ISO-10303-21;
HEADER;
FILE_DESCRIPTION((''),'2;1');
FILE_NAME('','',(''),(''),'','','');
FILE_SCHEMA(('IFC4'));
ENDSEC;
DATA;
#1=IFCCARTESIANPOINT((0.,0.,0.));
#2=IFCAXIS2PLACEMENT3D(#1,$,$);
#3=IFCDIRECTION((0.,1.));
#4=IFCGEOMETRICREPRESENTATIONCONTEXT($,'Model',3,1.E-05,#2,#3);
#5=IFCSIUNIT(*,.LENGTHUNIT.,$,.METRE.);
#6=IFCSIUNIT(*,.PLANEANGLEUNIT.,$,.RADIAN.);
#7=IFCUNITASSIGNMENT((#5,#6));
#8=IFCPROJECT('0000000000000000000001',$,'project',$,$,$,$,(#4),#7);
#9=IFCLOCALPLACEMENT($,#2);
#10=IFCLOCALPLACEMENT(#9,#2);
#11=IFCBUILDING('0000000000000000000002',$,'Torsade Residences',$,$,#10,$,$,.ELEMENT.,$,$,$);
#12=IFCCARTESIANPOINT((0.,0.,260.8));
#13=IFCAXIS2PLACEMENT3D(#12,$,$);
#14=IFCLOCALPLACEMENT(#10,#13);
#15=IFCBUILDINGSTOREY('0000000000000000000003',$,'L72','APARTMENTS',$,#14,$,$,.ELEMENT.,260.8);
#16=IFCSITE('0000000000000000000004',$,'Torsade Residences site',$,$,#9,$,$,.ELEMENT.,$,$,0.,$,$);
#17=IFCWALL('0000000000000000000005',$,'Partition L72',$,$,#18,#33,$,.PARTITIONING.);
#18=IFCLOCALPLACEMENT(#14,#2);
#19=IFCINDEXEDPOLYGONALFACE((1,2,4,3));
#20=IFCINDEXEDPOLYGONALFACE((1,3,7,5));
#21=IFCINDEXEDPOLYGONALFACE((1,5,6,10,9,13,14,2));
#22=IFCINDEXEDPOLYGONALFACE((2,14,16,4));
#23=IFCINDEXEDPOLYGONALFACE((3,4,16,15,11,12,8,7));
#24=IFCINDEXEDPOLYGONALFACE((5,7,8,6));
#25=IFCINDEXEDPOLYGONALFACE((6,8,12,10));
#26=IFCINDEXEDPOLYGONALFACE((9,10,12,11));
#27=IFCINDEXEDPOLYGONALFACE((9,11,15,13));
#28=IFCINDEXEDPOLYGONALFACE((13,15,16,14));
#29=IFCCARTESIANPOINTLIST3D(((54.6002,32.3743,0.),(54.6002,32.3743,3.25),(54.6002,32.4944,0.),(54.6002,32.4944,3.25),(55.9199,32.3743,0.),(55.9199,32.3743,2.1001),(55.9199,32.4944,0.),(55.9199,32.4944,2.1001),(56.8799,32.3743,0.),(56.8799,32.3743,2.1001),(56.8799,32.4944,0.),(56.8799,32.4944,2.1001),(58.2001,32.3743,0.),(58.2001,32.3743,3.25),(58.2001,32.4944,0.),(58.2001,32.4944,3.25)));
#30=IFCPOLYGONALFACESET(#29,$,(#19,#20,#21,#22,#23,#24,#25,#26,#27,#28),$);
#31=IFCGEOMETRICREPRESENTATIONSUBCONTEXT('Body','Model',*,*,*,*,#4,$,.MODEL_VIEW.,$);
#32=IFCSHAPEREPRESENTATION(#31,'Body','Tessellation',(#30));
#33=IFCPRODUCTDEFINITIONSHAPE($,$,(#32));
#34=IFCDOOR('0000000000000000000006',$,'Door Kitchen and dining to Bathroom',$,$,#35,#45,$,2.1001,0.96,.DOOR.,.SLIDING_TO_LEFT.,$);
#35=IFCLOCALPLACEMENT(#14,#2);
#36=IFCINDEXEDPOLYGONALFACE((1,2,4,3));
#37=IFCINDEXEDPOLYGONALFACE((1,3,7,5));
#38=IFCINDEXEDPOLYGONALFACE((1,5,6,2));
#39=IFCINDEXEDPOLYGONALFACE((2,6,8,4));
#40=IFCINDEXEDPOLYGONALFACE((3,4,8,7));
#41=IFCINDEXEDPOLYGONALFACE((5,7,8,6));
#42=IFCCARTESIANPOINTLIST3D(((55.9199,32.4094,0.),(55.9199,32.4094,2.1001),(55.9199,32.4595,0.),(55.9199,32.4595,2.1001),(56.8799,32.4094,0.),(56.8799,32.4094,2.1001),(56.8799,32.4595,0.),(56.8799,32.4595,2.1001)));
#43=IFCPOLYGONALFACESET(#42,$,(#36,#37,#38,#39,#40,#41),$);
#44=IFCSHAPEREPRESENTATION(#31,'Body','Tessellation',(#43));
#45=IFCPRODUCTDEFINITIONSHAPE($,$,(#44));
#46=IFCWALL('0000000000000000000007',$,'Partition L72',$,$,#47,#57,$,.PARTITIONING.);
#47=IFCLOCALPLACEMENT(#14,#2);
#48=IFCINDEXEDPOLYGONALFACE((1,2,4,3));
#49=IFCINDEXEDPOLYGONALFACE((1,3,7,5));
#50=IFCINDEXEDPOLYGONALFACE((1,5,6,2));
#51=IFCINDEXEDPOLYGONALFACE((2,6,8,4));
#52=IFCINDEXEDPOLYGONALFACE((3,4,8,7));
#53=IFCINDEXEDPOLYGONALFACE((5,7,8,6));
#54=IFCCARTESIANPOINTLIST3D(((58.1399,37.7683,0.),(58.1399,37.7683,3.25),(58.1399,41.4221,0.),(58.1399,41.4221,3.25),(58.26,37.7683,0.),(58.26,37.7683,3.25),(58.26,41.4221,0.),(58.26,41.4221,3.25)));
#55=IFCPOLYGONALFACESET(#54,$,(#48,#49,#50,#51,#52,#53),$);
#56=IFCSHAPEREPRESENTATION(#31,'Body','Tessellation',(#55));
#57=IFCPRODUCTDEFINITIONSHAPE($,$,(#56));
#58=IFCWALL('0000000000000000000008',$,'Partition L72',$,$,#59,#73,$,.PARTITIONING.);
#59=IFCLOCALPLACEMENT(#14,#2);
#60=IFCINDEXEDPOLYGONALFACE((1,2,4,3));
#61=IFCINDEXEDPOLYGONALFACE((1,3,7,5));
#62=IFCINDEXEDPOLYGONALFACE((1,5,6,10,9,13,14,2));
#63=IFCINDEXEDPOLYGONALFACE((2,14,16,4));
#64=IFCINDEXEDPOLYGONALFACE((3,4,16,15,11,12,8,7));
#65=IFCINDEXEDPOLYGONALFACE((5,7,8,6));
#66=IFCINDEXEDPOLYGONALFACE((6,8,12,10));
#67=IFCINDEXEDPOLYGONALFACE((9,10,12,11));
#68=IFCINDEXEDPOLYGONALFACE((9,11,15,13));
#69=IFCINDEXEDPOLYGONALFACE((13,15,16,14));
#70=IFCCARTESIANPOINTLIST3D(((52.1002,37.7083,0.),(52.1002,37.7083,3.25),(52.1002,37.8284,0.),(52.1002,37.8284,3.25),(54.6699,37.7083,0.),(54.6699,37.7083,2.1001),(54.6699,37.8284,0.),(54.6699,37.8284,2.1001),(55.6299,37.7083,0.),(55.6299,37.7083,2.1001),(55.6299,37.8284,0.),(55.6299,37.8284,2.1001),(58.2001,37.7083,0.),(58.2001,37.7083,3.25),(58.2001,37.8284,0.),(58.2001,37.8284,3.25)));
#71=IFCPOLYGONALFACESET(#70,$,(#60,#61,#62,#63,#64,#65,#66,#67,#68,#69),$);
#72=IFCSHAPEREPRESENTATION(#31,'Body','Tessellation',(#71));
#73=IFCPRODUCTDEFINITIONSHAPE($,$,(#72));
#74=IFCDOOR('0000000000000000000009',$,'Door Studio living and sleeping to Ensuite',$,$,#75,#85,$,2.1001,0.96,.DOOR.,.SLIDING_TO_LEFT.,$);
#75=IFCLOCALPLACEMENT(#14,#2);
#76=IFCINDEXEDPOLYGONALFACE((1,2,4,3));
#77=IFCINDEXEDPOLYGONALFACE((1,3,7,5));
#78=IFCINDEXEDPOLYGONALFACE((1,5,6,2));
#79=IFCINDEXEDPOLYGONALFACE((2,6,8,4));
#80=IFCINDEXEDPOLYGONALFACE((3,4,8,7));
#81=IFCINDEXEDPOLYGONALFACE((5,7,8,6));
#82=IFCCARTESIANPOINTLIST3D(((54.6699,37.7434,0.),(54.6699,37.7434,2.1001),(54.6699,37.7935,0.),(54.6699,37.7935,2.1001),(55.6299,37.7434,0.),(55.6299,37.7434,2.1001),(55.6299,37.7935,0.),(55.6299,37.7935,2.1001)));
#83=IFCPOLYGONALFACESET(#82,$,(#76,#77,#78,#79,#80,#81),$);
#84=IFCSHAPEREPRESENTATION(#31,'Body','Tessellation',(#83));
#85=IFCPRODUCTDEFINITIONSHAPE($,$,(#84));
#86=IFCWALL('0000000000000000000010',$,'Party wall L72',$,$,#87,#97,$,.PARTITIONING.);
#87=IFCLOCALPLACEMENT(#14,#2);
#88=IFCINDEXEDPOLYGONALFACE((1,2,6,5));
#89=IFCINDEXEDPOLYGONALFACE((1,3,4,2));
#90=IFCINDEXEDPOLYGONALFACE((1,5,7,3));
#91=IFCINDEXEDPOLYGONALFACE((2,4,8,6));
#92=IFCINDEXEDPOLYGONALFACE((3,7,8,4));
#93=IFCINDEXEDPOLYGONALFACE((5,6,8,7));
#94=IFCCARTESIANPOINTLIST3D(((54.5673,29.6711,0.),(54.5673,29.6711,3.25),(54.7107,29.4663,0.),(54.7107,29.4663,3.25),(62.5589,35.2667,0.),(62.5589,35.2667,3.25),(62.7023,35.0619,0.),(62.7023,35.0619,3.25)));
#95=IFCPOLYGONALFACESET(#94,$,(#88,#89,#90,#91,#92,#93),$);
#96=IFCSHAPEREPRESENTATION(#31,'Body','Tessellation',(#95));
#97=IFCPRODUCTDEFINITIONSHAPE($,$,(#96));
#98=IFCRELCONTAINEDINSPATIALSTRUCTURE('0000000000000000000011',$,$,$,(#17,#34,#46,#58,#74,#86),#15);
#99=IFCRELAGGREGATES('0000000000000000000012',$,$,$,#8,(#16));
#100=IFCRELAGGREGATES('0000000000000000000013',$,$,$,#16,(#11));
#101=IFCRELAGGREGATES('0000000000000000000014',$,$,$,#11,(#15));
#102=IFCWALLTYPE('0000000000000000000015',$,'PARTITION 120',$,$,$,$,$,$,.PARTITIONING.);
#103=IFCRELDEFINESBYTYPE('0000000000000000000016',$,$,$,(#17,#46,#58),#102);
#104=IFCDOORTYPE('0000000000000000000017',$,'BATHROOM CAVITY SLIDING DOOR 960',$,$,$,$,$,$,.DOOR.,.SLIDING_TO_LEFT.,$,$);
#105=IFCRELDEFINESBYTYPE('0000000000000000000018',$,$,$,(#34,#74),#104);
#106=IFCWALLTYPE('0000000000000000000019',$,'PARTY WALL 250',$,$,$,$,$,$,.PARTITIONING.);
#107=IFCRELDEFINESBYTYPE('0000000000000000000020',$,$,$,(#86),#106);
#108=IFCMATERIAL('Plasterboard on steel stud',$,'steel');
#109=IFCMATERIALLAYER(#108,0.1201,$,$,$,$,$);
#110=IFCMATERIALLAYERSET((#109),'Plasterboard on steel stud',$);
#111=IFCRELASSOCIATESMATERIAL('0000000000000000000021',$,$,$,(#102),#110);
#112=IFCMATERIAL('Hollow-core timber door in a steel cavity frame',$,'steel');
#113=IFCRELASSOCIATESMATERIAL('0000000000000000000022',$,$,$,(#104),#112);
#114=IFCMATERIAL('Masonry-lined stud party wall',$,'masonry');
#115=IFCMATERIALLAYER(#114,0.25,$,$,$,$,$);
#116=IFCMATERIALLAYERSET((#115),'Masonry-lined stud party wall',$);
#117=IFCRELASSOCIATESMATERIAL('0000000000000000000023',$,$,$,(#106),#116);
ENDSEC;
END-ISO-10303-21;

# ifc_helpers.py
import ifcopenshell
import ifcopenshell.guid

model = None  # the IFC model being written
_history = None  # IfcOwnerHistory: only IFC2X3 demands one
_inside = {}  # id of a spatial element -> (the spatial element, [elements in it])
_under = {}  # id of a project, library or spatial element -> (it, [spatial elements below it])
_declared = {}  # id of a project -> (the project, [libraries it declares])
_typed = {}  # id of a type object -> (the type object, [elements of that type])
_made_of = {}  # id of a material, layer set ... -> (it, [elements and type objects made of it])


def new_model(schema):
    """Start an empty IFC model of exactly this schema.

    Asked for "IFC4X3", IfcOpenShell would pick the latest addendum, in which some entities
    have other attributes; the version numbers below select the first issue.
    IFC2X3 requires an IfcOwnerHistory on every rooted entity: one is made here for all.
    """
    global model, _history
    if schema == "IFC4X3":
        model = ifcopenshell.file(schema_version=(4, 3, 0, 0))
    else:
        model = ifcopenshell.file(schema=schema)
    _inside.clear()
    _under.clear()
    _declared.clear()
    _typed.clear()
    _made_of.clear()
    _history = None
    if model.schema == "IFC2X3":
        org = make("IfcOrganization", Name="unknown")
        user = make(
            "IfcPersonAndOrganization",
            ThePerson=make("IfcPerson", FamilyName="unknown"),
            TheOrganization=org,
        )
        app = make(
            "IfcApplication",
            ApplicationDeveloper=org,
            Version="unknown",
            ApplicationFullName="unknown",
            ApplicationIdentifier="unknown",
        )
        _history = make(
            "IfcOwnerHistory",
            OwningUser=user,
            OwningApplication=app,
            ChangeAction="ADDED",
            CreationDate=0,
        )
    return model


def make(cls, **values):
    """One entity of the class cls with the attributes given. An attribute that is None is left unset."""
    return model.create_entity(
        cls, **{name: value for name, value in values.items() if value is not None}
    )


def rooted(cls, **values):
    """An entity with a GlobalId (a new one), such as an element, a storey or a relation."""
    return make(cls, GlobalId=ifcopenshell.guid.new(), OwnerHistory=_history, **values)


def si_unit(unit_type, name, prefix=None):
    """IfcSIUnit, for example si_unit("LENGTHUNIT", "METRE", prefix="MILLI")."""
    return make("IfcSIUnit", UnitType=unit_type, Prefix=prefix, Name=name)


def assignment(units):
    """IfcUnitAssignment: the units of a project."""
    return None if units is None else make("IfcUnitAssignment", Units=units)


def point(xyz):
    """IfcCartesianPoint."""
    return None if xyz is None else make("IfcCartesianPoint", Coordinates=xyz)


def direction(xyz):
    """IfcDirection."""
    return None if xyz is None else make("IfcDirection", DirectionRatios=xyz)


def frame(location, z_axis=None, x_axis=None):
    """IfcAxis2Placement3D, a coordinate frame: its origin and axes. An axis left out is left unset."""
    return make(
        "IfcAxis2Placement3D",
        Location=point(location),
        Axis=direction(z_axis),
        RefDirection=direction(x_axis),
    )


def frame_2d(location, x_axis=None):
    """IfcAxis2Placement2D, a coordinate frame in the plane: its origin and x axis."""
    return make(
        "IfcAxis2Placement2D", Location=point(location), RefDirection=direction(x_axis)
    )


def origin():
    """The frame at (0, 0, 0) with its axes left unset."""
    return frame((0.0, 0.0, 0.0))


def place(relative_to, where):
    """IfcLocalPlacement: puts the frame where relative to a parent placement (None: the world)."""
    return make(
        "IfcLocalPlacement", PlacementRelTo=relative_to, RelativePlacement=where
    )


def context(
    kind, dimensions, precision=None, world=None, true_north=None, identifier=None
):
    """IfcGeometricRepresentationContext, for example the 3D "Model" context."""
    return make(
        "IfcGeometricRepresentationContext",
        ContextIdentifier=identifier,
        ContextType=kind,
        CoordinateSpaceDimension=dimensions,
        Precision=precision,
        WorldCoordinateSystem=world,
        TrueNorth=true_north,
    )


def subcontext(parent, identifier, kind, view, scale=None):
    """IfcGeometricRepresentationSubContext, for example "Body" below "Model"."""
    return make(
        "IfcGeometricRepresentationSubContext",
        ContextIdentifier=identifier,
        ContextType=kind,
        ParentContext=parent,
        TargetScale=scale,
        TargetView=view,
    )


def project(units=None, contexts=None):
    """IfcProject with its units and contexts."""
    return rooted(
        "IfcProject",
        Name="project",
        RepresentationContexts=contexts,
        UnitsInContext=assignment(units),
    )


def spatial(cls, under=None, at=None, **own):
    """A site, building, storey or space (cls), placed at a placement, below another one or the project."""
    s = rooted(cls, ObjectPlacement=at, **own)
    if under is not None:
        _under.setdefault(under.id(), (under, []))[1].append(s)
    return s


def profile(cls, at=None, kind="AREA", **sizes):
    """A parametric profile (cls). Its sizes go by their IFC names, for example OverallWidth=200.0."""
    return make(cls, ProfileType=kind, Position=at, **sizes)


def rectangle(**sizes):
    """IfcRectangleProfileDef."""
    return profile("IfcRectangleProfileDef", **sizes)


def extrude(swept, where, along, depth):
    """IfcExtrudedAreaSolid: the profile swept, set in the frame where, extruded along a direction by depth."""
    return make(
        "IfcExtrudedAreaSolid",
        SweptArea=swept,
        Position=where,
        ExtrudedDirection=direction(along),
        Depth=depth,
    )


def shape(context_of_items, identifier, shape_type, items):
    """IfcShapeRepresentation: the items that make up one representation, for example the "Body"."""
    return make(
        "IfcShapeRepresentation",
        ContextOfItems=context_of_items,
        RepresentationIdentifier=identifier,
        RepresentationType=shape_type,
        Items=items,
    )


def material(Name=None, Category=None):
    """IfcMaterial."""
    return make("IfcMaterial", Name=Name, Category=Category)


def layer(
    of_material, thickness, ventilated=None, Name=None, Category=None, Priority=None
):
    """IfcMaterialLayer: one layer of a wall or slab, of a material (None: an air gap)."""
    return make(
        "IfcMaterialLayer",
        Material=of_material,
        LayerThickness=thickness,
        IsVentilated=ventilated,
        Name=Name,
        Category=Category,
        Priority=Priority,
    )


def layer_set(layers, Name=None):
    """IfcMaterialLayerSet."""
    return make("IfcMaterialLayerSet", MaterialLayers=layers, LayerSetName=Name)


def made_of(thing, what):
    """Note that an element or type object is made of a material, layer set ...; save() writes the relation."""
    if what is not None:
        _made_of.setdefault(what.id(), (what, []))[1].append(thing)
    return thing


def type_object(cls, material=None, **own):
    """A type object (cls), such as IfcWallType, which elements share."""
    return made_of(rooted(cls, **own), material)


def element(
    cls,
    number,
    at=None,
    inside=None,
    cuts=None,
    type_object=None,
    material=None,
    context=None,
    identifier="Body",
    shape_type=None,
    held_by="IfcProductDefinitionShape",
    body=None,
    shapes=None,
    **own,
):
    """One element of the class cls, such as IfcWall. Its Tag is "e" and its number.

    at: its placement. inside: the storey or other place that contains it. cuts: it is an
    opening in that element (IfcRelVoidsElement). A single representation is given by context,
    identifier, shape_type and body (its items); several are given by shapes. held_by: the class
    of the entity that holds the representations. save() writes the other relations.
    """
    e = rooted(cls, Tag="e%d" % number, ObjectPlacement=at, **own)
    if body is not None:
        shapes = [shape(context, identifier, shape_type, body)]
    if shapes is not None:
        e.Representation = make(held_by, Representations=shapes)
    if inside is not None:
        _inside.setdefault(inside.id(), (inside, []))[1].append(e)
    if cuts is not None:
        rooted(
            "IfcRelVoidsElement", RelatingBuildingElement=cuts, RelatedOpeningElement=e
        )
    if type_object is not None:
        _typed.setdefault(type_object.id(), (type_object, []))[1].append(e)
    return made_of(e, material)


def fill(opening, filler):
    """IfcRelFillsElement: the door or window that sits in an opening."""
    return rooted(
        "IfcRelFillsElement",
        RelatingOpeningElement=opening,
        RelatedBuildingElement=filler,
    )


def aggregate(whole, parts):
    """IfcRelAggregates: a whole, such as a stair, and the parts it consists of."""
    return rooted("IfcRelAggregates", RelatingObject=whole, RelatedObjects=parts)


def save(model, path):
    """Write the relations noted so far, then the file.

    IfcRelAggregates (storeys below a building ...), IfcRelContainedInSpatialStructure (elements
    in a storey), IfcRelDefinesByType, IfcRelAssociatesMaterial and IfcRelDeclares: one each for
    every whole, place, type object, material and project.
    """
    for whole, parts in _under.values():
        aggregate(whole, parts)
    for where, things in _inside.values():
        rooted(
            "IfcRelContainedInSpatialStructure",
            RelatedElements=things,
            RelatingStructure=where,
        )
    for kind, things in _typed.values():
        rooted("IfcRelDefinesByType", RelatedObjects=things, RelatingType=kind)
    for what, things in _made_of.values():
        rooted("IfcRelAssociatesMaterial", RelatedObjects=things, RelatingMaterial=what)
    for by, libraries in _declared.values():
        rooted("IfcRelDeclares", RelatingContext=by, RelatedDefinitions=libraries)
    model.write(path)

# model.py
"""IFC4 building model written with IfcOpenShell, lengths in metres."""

from ifc_helpers import new_model, si_unit, direction, frame, frame_2d, origin, place, context, subcontext, project, spatial, rectangle, extrude, material, layer, layer_set, type_object, element, fill, save


model = new_model("IFC4")

# Units and contexts
model_context = context("Model", 3, precision=1e-05, world=origin(), true_north=direction((0.0, 1.0)))
body_context = subcontext(model_context, "Body", "Model", "MODEL_VIEW")
ifc_project = project(units=[si_unit("LENGTHUNIT", "METRE"), si_unit("PLANEANGLEUNIT", "RADIAN")], contexts=[model_context])

# Site, building, storey
site_placement = place(None, origin())
site = spatial("IfcSite", under=ifc_project, at=site_placement, Name="Torsade Residences site", CompositionType="ELEMENT", RefElevation=0.0)
building_placement = place(site_placement, origin())
building = spatial("IfcBuilding", under=site, at=building_placement, Name="Torsade Residences", CompositionType="ELEMENT")
storey_placement = place(building_placement, frame((0.0, 0.0, 260.8)))
storey = spatial("IfcBuildingStorey", under=building, at=storey_placement, Name="L72", Description="APARTMENTS", CompositionType="ELEMENT", Elevation=260.8)

# Shared definitions
ifc_material_1 = material(Name="Plasterboard on steel stud", Category="steel")
ifc_layer_1 = layer(ifc_material_1, 0.1201)
ifc_layer_set_1 = layer_set([ifc_layer_1], Name="Plasterboard on steel stud")
wall_type_1 = type_object("IfcWallType", Name="PARTITION 120", PredefinedType="PARTITIONING", material=ifc_layer_set_1)

# Wall, opening, door
wall_1_placement = place(storey_placement, frame((58.2, 32.4343, 0.0), z_axis=(0.0, 0.0, 1.0), x_axis=(-1.0, 0.0, 0.0)))
wall_1 = element("IfcWall", 1, at=wall_1_placement, inside=storey, type_object=wall_type_1, Name="Partition L72", PredefinedType="PARTITIONING", context=body_context, shape_type="SweptSolid", body=[
    extrude(rectangle(XDim=3.5999, YDim=0.1201, at=frame_2d((1.7998, 0.0))), origin(), (0.0, 0.0, 1.0), 3.25),
])
opening_1_placement = place(wall_1_placement, frame((1.3201, 0.0, 0.0)))
opening_1 = element("IfcOpeningElement", 2, at=opening_1_placement, cuts=wall_1, PredefinedType="OPENING", context=body_context, shape_type="SweptSolid", body=[
    extrude(rectangle(XDim=0.96, YDim=2.1001, at=frame_2d((0.48, 1.05))), frame((0.0, 0.0701, 0.0), z_axis=(0.0, -1.0, 0.0), x_axis=(1.0, 0.0, 0.0)), (0.0, 0.0, 1.0), 0.1401),
])
ifc_material_2 = material(Name="Hollow-core timber door in a steel cavity frame", Category="steel")
door_type_1 = type_object("IfcDoorType", Name="BATHROOM CAVITY SLIDING DOOR 960", OperationType="SLIDING_TO_LEFT", PredefinedType="DOOR", material=ifc_material_2)
door_1_placement = place(opening_1_placement, origin())
door_1 = element("IfcDoor", 3, at=door_1_placement, inside=storey, type_object=door_type_1, Name="Door Kitchen and dining to Bathroom", OperationType="SLIDING_TO_LEFT", OverallHeight=2.1001, OverallWidth=0.96, PredefinedType="DOOR", context=body_context, shape_type="SweptSolid", body=[
    extrude(rectangle(XDim=0.96, YDim=2.1001, at=frame_2d((0.48, 1.05))), frame((0.0, 0.0249, 0.0), z_axis=(0.0, -1.0, 0.0), x_axis=(1.0, 0.0, 0.0)), (0.0, 0.0, 1.0), 0.05),
])
fill(opening_1, door_1)

# Wall
wall_2_placement = place(storey_placement, frame((58.2, 41.4221, 0.0), z_axis=(0.0, 0.0, 1.0), x_axis=(0.0, -1.0, 0.0)))
element("IfcWall", 4, at=wall_2_placement, inside=storey, type_object=wall_type_1, Name="Partition L72", PredefinedType="PARTITIONING", context=body_context, shape_type="SweptSolid", body=[
    extrude(rectangle(XDim=3.6538, YDim=0.1201, at=frame_2d((1.8269, 0.0))), origin(), (0.0, 0.0, 1.0), 3.25),
])

# Wall, opening, door
wall_3_placement = place(storey_placement, frame((58.2, 37.7683, 0.0), z_axis=(0.0, 0.0, 1.0), x_axis=(-1.0, 0.0, 0.0)))
wall_3 = element("IfcWall", 5, at=wall_3_placement, inside=storey, type_object=wall_type_1, Name="Partition L72", PredefinedType="PARTITIONING", context=body_context, shape_type="SweptSolid", body=[
    extrude(rectangle(XDim=6.0999, YDim=0.1201, at=frame_2d((3.0498, 0.0))), origin(), (0.0, 0.0, 1.0), 3.25),
])
opening_2_placement = place(wall_3_placement, frame((2.5701, 0.0, 0.0)))
opening_2 = element("IfcOpeningElement", 6, at=opening_2_placement, cuts=wall_3, PredefinedType="OPENING", context=body_context, shape_type="SweptSolid", body=[
    extrude(rectangle(XDim=0.96, YDim=2.1001, at=frame_2d((0.48, 1.05))), frame((0.0, 0.0701, 0.0), z_axis=(0.0, -1.0, 0.0), x_axis=(1.0, 0.0, 0.0)), (0.0, 0.0, 1.0), 0.1401),
])
door_2_placement = place(opening_2_placement, origin())
door_2 = element("IfcDoor", 7, at=door_2_placement, inside=storey, type_object=door_type_1, Name="Door Studio living and sleeping to Ensuite", OperationType="SLIDING_TO_LEFT", OverallHeight=2.1001, OverallWidth=0.96, PredefinedType="DOOR", context=body_context, shape_type="SweptSolid", body=[
    extrude(rectangle(XDim=0.96, YDim=2.1001, at=frame_2d((0.48, 1.05))), frame((0.0, 0.0249, 0.0), z_axis=(0.0, -1.0, 0.0), x_axis=(1.0, 0.0, 0.0)), (0.0, 0.0, 1.0), 0.05),
])
fill(opening_2, door_2)

# Wall
ifc_material_3 = material(Name="Masonry-lined stud party wall", Category="masonry")
ifc_layer_2 = layer(ifc_material_3, 0.25)
ifc_layer_set_2 = layer_set([ifc_layer_2], Name="Masonry-lined stud party wall")
wall_type_2 = type_object("IfcWallType", Name="PARTY WALL 250", PredefinedType="PARTITIONING", material=ifc_layer_set_2)
wall_4_placement = place(storey_placement, frame((62.6306, 35.1643, 0.0), z_axis=(0.0, 0.0, 1.0), x_axis=(-0.819159, -0.573566, 0.0)))
element("IfcWall", 8, at=wall_4_placement, inside=storey, type_object=wall_type_2, Name="Party wall L72", PredefinedType="PARTITIONING", context=body_context, shape_type="SweptSolid", body=[
    extrude(rectangle(XDim=9.7559, YDim=0.25, at=frame_2d((4.8779, 0.0))), origin(), (0.0, 0.0, 1.0), 3.25),
])

save(model, "model.ifc")
